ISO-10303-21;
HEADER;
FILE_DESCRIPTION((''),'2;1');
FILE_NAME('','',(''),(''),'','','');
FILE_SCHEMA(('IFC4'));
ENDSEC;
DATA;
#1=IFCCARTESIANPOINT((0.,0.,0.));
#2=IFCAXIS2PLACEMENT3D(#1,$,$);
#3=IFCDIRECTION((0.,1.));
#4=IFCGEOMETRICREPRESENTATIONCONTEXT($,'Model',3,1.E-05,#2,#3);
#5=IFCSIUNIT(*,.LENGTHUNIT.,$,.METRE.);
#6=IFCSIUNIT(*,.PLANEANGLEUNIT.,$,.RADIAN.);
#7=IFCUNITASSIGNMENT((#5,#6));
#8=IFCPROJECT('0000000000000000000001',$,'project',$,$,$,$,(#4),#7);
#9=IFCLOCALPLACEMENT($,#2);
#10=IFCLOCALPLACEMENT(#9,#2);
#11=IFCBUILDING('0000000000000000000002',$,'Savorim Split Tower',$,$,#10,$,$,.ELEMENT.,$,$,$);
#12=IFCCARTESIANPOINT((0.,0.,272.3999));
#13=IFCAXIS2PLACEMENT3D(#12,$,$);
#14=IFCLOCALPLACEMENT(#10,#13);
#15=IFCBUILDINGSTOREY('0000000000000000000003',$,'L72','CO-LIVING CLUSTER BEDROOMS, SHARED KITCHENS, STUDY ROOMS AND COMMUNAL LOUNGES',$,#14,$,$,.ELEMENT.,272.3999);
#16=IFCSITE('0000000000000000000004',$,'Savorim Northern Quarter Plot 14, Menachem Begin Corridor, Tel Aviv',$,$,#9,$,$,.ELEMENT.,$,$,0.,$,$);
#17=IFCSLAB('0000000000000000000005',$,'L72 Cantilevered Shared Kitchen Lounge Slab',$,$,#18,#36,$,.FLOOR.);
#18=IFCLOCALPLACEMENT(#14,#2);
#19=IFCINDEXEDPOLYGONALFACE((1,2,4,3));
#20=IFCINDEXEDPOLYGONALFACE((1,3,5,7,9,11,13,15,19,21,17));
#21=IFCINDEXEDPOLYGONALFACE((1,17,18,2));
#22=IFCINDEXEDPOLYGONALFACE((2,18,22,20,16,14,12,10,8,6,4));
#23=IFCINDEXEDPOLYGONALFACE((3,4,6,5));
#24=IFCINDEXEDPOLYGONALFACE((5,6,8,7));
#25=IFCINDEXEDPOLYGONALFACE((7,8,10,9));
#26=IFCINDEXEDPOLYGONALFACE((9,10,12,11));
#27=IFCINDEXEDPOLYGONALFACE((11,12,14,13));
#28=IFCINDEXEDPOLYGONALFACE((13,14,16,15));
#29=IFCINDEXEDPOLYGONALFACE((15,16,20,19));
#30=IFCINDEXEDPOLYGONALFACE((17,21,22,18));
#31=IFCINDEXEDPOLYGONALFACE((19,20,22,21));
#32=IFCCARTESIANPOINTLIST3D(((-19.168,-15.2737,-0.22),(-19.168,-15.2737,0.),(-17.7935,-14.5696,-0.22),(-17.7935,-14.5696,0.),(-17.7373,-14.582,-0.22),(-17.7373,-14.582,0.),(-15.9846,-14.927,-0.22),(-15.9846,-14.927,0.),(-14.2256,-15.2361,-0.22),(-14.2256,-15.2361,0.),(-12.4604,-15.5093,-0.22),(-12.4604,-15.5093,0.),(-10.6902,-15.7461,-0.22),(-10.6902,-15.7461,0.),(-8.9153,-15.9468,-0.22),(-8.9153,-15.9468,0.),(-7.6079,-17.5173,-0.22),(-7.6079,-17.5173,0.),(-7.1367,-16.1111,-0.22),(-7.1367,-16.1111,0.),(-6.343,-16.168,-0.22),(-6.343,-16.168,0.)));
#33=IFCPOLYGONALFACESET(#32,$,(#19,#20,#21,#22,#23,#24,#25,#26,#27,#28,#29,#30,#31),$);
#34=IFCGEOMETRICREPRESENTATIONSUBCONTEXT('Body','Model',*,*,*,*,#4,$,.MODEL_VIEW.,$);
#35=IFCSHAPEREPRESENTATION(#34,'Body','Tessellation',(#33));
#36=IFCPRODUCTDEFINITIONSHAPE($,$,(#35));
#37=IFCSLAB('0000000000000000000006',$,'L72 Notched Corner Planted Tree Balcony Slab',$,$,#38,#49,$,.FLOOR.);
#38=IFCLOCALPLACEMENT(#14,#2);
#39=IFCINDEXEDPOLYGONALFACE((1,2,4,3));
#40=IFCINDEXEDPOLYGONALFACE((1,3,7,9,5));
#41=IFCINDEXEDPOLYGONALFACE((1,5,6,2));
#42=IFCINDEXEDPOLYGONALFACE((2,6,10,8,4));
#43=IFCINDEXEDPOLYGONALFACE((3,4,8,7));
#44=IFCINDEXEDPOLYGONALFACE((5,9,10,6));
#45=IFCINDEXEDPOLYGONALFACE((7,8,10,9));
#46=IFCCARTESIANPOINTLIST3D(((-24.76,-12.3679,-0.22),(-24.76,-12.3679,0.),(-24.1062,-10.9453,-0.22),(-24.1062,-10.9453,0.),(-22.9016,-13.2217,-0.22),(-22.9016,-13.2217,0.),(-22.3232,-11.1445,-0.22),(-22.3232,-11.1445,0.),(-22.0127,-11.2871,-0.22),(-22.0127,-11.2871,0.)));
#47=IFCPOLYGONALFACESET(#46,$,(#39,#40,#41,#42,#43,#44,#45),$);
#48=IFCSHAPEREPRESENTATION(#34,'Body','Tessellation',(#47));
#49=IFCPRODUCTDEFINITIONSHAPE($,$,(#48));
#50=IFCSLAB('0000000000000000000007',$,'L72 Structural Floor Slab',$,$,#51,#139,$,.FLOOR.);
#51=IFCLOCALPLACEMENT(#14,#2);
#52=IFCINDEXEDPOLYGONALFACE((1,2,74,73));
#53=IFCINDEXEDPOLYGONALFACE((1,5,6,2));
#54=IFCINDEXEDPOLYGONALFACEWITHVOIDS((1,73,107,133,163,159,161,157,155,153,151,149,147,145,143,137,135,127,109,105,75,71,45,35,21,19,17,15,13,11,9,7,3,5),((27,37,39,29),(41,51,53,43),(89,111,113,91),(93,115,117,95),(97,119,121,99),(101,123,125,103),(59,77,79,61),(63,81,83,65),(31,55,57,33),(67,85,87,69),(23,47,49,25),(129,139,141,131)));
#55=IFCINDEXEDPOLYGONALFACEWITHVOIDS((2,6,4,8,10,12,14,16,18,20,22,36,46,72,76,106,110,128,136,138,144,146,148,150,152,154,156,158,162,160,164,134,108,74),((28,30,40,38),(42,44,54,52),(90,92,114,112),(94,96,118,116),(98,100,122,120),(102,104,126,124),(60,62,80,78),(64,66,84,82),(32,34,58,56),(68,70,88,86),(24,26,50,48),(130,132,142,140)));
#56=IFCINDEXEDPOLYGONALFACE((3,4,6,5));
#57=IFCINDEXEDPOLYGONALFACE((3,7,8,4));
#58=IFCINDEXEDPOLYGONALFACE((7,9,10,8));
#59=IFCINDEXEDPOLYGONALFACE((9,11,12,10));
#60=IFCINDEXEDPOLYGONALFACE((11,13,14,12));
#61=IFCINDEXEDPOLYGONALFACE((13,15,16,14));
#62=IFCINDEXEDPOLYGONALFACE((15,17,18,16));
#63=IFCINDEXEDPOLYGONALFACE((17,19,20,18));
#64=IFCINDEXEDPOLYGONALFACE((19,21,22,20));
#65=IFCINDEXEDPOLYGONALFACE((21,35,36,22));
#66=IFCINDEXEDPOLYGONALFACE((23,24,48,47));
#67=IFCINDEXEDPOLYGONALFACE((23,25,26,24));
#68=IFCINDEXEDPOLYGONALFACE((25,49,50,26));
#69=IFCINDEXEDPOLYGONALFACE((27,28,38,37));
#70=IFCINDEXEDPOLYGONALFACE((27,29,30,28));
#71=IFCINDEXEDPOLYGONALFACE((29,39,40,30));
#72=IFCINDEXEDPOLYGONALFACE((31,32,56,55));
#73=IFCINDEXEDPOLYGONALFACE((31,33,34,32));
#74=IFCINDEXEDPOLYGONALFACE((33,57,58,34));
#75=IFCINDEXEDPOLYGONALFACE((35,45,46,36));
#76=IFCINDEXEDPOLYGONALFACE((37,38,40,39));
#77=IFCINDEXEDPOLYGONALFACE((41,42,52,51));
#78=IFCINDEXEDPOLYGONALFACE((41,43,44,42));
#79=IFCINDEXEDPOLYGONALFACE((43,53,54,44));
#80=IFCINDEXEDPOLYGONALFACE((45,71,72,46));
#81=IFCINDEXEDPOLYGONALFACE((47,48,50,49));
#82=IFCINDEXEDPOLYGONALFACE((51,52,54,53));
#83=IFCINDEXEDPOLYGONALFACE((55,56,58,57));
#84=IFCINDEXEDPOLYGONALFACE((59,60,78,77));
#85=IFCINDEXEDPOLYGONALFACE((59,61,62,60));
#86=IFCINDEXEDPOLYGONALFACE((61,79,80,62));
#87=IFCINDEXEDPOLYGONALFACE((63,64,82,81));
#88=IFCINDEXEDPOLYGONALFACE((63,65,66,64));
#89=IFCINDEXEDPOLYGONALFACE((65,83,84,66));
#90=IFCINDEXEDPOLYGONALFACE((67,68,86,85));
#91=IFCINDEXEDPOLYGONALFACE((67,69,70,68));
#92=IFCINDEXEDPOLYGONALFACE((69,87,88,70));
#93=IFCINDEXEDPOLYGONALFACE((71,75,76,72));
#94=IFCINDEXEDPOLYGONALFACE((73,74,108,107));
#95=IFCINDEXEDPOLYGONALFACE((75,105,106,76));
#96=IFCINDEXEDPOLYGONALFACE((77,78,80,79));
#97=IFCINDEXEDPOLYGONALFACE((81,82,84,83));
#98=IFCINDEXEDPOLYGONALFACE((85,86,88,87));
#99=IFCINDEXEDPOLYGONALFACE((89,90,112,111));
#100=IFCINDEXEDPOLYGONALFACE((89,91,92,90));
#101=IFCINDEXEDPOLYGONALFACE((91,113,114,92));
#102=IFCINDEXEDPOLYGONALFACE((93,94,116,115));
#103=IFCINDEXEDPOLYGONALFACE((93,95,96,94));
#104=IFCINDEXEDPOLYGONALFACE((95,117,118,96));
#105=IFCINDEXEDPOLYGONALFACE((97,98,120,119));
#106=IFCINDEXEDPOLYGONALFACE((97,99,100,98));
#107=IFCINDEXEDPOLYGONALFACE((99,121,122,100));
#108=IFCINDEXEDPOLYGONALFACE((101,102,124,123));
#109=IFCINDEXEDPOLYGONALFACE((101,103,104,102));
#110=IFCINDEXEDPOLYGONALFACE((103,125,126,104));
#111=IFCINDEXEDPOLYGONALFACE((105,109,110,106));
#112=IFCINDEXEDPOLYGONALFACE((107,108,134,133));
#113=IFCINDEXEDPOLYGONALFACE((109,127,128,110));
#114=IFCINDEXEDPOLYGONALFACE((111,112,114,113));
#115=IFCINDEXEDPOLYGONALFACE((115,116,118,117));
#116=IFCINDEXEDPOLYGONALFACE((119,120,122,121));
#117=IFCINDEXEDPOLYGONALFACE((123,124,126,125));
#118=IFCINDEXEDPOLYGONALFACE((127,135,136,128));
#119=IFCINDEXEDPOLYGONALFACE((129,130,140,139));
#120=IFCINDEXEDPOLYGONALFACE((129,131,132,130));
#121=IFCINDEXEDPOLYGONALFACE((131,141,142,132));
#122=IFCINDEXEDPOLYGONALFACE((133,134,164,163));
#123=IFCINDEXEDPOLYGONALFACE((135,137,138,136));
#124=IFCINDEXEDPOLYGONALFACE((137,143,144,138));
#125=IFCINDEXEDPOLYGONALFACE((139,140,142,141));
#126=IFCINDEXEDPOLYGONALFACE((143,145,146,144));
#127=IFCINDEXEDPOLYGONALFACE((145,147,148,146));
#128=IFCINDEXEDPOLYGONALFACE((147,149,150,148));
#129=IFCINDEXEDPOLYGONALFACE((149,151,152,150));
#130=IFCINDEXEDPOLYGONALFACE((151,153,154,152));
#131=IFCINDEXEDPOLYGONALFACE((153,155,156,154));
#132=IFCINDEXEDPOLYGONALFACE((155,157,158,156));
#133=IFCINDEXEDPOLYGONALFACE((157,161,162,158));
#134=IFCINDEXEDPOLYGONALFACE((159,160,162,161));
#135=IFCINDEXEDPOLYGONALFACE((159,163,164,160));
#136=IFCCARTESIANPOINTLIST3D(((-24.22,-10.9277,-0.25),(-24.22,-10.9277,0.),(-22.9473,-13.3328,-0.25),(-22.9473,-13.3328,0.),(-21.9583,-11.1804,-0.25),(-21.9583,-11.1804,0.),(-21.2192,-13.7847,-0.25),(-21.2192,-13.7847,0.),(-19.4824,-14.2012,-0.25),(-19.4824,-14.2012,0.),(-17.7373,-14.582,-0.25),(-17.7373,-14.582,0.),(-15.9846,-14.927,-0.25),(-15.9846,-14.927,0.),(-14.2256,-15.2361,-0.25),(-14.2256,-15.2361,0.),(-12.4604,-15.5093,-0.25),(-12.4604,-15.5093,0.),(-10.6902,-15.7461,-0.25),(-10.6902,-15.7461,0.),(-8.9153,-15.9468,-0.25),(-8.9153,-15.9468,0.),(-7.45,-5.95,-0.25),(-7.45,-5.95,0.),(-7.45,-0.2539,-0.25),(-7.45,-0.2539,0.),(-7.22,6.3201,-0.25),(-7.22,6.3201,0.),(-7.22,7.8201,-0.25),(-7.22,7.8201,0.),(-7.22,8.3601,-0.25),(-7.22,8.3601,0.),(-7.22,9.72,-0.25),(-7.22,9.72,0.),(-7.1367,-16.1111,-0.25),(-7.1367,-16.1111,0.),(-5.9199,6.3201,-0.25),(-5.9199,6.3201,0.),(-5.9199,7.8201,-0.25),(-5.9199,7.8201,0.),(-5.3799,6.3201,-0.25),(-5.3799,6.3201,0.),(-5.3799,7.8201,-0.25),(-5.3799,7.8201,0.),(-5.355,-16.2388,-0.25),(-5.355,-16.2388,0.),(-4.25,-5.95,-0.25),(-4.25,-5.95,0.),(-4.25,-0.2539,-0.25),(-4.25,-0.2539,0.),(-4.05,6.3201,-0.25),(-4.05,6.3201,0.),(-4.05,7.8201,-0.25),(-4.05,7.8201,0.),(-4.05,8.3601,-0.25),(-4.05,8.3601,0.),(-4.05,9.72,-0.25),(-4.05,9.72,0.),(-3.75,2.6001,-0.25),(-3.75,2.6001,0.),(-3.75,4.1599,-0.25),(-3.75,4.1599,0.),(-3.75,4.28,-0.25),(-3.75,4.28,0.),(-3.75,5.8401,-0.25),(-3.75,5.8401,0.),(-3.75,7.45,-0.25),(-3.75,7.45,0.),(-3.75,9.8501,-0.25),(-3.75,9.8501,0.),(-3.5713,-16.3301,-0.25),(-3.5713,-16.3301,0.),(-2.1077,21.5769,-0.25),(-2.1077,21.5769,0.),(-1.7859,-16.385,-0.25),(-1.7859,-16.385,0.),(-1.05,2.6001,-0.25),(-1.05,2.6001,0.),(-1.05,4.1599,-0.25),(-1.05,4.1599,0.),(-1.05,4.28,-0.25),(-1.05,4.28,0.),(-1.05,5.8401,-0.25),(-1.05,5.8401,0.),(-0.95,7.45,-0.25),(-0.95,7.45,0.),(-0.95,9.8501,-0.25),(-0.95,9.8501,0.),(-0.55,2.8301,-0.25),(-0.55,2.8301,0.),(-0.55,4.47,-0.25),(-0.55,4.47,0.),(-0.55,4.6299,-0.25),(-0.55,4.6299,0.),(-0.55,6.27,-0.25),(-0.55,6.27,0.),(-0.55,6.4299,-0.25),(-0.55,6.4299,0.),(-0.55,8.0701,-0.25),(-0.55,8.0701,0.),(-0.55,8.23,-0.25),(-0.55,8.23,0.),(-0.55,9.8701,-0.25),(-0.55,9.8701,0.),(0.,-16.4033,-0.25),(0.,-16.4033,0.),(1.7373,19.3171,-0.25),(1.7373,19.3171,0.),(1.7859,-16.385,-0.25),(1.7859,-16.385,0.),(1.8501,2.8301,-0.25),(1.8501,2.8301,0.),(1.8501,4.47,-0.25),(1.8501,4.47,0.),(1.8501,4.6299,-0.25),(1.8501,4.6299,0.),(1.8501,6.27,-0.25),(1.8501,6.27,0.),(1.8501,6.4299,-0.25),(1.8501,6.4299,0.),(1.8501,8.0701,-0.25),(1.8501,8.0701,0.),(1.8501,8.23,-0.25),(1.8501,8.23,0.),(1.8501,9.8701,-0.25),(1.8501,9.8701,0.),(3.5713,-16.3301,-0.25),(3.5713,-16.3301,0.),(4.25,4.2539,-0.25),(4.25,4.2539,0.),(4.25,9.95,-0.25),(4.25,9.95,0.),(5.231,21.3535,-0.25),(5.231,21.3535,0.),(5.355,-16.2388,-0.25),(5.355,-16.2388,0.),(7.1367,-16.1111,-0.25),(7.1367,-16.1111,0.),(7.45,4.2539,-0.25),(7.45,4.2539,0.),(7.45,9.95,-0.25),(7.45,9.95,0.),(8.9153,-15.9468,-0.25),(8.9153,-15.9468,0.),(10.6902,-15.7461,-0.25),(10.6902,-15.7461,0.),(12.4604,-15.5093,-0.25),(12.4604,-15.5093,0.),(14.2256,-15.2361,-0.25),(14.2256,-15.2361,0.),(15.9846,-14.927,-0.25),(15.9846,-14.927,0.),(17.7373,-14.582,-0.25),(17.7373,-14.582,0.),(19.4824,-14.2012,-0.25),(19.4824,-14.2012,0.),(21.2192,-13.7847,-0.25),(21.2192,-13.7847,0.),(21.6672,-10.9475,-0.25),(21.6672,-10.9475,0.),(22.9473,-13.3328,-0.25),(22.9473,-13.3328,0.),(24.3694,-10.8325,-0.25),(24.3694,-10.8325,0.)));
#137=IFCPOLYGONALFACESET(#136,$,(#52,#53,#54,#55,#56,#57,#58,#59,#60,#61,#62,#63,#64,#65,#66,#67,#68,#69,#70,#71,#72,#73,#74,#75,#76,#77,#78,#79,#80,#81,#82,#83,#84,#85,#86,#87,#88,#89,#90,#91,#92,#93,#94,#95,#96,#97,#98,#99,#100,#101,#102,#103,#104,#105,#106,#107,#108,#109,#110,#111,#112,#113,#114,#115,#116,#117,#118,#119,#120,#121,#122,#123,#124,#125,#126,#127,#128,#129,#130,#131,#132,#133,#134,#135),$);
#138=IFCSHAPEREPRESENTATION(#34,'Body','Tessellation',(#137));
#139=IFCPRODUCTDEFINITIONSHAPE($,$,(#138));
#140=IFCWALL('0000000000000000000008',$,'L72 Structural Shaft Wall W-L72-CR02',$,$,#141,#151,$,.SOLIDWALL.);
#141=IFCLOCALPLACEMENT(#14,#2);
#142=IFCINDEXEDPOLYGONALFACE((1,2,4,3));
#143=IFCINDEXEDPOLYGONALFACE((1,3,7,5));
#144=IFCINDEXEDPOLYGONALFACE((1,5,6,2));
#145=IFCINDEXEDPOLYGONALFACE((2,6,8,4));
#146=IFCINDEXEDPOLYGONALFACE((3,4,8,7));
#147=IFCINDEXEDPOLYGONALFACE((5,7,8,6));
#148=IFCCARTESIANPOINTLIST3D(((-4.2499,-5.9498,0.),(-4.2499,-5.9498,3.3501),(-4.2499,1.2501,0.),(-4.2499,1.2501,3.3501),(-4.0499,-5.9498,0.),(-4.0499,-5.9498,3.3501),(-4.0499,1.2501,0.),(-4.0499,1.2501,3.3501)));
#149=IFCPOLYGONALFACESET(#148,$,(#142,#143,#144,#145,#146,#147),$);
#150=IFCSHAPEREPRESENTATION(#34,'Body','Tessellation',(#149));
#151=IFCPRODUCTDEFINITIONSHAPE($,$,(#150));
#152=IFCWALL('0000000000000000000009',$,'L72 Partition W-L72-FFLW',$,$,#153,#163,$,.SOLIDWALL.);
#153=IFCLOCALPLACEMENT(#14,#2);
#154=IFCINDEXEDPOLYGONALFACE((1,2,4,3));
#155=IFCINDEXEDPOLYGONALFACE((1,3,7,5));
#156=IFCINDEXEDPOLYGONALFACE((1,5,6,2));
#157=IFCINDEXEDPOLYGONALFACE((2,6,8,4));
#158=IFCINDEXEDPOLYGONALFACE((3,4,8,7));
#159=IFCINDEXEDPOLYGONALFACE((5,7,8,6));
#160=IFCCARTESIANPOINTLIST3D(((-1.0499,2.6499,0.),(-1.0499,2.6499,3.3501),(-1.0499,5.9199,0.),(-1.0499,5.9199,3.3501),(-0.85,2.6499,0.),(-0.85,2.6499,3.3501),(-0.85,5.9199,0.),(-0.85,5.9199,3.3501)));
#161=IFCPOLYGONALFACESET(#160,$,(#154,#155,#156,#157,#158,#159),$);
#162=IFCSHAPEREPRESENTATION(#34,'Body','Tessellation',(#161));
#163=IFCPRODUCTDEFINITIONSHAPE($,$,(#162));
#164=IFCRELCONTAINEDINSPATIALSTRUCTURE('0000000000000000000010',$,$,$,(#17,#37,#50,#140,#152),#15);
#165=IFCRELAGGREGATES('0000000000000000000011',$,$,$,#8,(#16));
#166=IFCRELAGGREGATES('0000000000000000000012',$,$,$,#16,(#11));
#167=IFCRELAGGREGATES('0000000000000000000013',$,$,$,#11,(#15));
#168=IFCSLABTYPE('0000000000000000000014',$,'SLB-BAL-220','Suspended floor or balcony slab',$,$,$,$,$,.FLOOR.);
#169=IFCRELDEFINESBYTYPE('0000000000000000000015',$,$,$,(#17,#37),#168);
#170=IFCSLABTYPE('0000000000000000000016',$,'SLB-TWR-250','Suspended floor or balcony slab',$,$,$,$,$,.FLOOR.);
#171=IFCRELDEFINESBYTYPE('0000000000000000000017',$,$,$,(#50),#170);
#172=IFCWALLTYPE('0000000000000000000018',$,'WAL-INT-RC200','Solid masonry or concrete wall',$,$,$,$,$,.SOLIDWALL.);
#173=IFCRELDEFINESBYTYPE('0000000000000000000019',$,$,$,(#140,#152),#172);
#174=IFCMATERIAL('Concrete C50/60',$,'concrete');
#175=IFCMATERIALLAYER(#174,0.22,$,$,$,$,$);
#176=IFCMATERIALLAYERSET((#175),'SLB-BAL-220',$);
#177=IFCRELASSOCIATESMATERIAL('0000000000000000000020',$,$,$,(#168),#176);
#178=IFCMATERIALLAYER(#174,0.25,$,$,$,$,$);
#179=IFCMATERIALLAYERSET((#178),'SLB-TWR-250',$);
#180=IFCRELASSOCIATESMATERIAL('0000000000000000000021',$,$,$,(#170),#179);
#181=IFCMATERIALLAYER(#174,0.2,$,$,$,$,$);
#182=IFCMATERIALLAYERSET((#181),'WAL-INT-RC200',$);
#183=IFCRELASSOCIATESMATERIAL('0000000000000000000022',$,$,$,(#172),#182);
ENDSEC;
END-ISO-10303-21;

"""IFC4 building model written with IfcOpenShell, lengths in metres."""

from ifc_helpers import new_model, si_unit, direction, frame, frame_2d, origin, place, context, subcontext, project, spatial, polyline, rectangle, outline, extrude, material, layer, layer_set, type_object, element, save


model = new_model("IFC4")

# Units and contexts
model_context = context("Model", 3, precision=1e-05, world=origin(), true_north=direction((0.0, 1.0)))
body_context = subcontext(model_context, "Body", "Model", "MODEL_VIEW")
ifc_project = project(units=[si_unit("LENGTHUNIT", "METRE"), si_unit("PLANEANGLEUNIT", "RADIAN")], contexts=[model_context])

# Site, building, storey
site_placement = place(None, origin())
site = spatial("IfcSite", under=ifc_project, at=site_placement, Name="Savorim Northern Quarter Plot 14, Menachem Begin Corridor, Tel Aviv", CompositionType="ELEMENT", RefElevation=0.0)
building_placement = place(site_placement, origin())
building = spatial("IfcBuilding", under=site, at=building_placement, Name="Savorim Split Tower", CompositionType="ELEMENT")
storey_placement = place(building_placement, frame((0.0, 0.0, 272.3999)))
storey = spatial("IfcBuildingStorey", under=building, at=storey_placement, Name="L72", Description="CO-LIVING CLUSTER BEDROOMS, SHARED KITCHENS, STUDY ROOMS AND COMMUNAL LOUNGES", CompositionType="ELEMENT", Elevation=272.3999)

# Slabs
ifc_material_1 = material(Name="Concrete C50/60", Category="concrete")
ifc_layer_1 = layer(ifc_material_1, 0.22)
ifc_layer_set_1 = layer_set([ifc_layer_1], Name="SLB-BAL-220")
slab_type_1 = type_object("IfcSlabType", Name="SLB-BAL-220", Description="Suspended floor or balcony slab", PredefinedType="FLOOR", material=ifc_layer_set_1)
slab_1_placement = place(storey_placement, frame((0.0, 0.0, -0.22)))
element("IfcSlab", 1, at=slab_1_placement, inside=storey, type_object=slab_type_1, Name="L72 Cantilevered Shared Kitchen Lounge Slab", PredefinedType="FLOOR", context=body_context, shape_type="SweptSolid", body=[
    extrude(outline(polyline([(-6.343, -16.168), (-7.1367, -16.1111), (-8.9153, -15.9468), (-10.6902, -15.7461), (-12.4604, -15.5093), (-14.2256, -15.2361), (-15.9846, -14.927), (-17.7373, -14.582), (-17.7935, -14.5696), (-19.168, -15.2737), (-7.6079, -17.5173), (-6.343, -16.168)])), origin(), (0.0, 0.0, 1.0), 0.22),
])
slab_2_placement = place(storey_placement, frame((0.0, 0.0, -0.22)))
element("IfcSlab", 2, at=slab_2_placement, inside=storey, type_object=slab_type_1, Name="L72 Notched Corner Planted Tree Balcony Slab", PredefinedType="FLOOR", context=body_context, shape_type="SweptSolid", body=[
    extrude(outline(polyline([(-22.9016, -13.2217), (-22.0127, -11.2871), (-22.3232, -11.1445), (-24.1062, -10.9453), (-24.76, -12.3679), (-22.9016, -13.2217)])), origin(), (0.0, 0.0, 1.0), 0.22),
])
ifc_layer_2 = layer(ifc_material_1, 0.25)
ifc_layer_set_2 = layer_set([ifc_layer_2], Name="SLB-TWR-250")
slab_type_2 = type_object("IfcSlabType", Name="SLB-TWR-250", Description="Suspended floor or balcony slab", PredefinedType="FLOOR", material=ifc_layer_set_2)
slab_3_placement = place(storey_placement, frame((0.0, 0.0, -0.25)))
element("IfcSlab", 3, at=slab_3_placement, inside=storey, type_object=slab_type_2, Name="L72 Structural Floor Slab", PredefinedType="FLOOR", context=body_context, shape_type="SweptSolid", body=[
    extrude(outline(polyline([(-22.9473, -13.3328), (-21.2192, -13.7847), (-19.4824, -14.2012), (-17.7373, -14.582), (-15.9846, -14.927), (-14.2256, -15.2361), (-12.4604, -15.5093), (-10.6902, -15.7461), (-8.9153, -15.9468), (-7.1367, -16.1111), (-5.355, -16.2388), (-3.5713, -16.3301), (-1.7859, -16.385), (0.0, -16.4033), (1.7859, -16.385), (3.5713, -16.3301), (5.355, -16.2388), (7.1367, -16.1111), (8.9153, -15.9468), (10.6902, -15.7461), (12.4604, -15.5093), (14.2256, -15.2361), (15.9846, -14.927), (17.7373, -14.582), (19.4824, -14.2012), (21.2192, -13.7847), (22.9473, -13.3328), (21.6672, -10.9475), (24.3694, -10.8325), (5.231, 21.3535), (1.7373, 19.3171), (-2.1077, 21.5769), (-24.22, -10.9277), (-21.9583, -11.1804), (-22.9473, -13.3328)]), holes=[polyline([(-7.45, -0.2539), (-7.45, -5.95), (-4.25, -5.95), (-4.25, -0.2539), (-7.45, -0.2539)]), polyline([(7.45, 4.2539), (7.45, 9.95), (4.25, 9.95), (4.25, 4.2539), (7.45, 4.2539)]), polyline([(-0.55, 2.8301), (1.8501, 2.8301), (1.8501, 4.47), (-0.55, 4.47), (-0.55, 2.8301)]), polyline([(-0.55, 4.6299), (1.8501, 4.6299), (1.8501, 6.27), (-0.55, 6.27), (-0.55, 4.6299)]), polyline([(-0.55, 6.4299), (1.8501, 6.4299), (1.8501, 8.0701), (-0.55, 8.0701), (-0.55, 6.4299)]), polyline([(-0.55, 8.23), (1.8501, 8.23), (1.8501, 9.8701), (-0.55, 9.8701), (-0.55, 8.23)]), polyline([(-3.75, 2.6001), (-1.05, 2.6001), (-1.05, 4.1599), (-3.75, 4.1599), (-3.75, 2.6001)]), polyline([(-3.75, 4.28), (-1.05, 4.28), (-1.05, 5.8401), (-3.75, 5.8401), (-3.75, 4.28)]), polyline([(-3.75, 7.45), (-0.95, 7.45), (-0.95, 9.8501), (-3.75, 9.8501), (-3.75, 7.45)]), polyline([(-7.22, 6.3201), (-5.9199, 6.3201), (-5.9199, 7.8201), (-7.22, 7.8201), (-7.22, 6.3201)]), polyline([(-5.3799, 6.3201), (-4.05, 6.3201), (-4.05, 7.8201), (-5.3799, 7.8201), (-5.3799, 6.3201)]), polyline([(-7.22, 8.3601), (-4.05, 8.3601), (-4.05, 9.72), (-7.22, 9.72), (-7.22, 8.3601)])]), origin(), (0.0, 0.0, 1.0), 0.25),
])

# Wall
ifc_layer_3 = layer(ifc_material_1, 0.2)
ifc_layer_set_3 = layer_set([ifc_layer_3], Name="WAL-INT-RC200")
wall_type_1 = type_object("IfcWallType", Name="WAL-INT-RC200", Description="Solid masonry or concrete wall", PredefinedType="SOLIDWALL", material=ifc_layer_set_3)
wall_1_placement = place(storey_placement, frame((-4.1499, -5.95, 0.0), z_axis=(0.0, 0.0, 1.0), x_axis=(0.0, 1.0, 0.0)))
element("IfcWall", 4, at=wall_1_placement, inside=storey, type_object=wall_type_1, Name="L72 Structural Shaft Wall W-L72-CR02", PredefinedType="SOLIDWALL", context=body_context, shape_type="SweptSolid", body=[
    extrude(rectangle(XDim=7.2, YDim=0.2, at=frame_2d((3.6001, 0.0))), origin(), (0.0, 0.0, 1.0), 3.3501),
])

# Wall
wall_2_placement = place(storey_placement, frame((-0.95, 2.6499, 0.0), z_axis=(0.0, 0.0, 1.0), x_axis=(0.0, 1.0, 0.0)))
element("IfcWall", 5, at=wall_2_placement, inside=storey, type_object=wall_type_1, Name="L72 Partition W-L72-FFLW", PredefinedType="SOLIDWALL", context=body_context, shape_type="SweptSolid", body=[
    extrude(rectangle(XDim=3.27, YDim=0.2, at=frame_2d((1.635, 0.0))), origin(), (0.0, 0.0, 1.0), 3.3501),
])

save(model, "model.ifc")
